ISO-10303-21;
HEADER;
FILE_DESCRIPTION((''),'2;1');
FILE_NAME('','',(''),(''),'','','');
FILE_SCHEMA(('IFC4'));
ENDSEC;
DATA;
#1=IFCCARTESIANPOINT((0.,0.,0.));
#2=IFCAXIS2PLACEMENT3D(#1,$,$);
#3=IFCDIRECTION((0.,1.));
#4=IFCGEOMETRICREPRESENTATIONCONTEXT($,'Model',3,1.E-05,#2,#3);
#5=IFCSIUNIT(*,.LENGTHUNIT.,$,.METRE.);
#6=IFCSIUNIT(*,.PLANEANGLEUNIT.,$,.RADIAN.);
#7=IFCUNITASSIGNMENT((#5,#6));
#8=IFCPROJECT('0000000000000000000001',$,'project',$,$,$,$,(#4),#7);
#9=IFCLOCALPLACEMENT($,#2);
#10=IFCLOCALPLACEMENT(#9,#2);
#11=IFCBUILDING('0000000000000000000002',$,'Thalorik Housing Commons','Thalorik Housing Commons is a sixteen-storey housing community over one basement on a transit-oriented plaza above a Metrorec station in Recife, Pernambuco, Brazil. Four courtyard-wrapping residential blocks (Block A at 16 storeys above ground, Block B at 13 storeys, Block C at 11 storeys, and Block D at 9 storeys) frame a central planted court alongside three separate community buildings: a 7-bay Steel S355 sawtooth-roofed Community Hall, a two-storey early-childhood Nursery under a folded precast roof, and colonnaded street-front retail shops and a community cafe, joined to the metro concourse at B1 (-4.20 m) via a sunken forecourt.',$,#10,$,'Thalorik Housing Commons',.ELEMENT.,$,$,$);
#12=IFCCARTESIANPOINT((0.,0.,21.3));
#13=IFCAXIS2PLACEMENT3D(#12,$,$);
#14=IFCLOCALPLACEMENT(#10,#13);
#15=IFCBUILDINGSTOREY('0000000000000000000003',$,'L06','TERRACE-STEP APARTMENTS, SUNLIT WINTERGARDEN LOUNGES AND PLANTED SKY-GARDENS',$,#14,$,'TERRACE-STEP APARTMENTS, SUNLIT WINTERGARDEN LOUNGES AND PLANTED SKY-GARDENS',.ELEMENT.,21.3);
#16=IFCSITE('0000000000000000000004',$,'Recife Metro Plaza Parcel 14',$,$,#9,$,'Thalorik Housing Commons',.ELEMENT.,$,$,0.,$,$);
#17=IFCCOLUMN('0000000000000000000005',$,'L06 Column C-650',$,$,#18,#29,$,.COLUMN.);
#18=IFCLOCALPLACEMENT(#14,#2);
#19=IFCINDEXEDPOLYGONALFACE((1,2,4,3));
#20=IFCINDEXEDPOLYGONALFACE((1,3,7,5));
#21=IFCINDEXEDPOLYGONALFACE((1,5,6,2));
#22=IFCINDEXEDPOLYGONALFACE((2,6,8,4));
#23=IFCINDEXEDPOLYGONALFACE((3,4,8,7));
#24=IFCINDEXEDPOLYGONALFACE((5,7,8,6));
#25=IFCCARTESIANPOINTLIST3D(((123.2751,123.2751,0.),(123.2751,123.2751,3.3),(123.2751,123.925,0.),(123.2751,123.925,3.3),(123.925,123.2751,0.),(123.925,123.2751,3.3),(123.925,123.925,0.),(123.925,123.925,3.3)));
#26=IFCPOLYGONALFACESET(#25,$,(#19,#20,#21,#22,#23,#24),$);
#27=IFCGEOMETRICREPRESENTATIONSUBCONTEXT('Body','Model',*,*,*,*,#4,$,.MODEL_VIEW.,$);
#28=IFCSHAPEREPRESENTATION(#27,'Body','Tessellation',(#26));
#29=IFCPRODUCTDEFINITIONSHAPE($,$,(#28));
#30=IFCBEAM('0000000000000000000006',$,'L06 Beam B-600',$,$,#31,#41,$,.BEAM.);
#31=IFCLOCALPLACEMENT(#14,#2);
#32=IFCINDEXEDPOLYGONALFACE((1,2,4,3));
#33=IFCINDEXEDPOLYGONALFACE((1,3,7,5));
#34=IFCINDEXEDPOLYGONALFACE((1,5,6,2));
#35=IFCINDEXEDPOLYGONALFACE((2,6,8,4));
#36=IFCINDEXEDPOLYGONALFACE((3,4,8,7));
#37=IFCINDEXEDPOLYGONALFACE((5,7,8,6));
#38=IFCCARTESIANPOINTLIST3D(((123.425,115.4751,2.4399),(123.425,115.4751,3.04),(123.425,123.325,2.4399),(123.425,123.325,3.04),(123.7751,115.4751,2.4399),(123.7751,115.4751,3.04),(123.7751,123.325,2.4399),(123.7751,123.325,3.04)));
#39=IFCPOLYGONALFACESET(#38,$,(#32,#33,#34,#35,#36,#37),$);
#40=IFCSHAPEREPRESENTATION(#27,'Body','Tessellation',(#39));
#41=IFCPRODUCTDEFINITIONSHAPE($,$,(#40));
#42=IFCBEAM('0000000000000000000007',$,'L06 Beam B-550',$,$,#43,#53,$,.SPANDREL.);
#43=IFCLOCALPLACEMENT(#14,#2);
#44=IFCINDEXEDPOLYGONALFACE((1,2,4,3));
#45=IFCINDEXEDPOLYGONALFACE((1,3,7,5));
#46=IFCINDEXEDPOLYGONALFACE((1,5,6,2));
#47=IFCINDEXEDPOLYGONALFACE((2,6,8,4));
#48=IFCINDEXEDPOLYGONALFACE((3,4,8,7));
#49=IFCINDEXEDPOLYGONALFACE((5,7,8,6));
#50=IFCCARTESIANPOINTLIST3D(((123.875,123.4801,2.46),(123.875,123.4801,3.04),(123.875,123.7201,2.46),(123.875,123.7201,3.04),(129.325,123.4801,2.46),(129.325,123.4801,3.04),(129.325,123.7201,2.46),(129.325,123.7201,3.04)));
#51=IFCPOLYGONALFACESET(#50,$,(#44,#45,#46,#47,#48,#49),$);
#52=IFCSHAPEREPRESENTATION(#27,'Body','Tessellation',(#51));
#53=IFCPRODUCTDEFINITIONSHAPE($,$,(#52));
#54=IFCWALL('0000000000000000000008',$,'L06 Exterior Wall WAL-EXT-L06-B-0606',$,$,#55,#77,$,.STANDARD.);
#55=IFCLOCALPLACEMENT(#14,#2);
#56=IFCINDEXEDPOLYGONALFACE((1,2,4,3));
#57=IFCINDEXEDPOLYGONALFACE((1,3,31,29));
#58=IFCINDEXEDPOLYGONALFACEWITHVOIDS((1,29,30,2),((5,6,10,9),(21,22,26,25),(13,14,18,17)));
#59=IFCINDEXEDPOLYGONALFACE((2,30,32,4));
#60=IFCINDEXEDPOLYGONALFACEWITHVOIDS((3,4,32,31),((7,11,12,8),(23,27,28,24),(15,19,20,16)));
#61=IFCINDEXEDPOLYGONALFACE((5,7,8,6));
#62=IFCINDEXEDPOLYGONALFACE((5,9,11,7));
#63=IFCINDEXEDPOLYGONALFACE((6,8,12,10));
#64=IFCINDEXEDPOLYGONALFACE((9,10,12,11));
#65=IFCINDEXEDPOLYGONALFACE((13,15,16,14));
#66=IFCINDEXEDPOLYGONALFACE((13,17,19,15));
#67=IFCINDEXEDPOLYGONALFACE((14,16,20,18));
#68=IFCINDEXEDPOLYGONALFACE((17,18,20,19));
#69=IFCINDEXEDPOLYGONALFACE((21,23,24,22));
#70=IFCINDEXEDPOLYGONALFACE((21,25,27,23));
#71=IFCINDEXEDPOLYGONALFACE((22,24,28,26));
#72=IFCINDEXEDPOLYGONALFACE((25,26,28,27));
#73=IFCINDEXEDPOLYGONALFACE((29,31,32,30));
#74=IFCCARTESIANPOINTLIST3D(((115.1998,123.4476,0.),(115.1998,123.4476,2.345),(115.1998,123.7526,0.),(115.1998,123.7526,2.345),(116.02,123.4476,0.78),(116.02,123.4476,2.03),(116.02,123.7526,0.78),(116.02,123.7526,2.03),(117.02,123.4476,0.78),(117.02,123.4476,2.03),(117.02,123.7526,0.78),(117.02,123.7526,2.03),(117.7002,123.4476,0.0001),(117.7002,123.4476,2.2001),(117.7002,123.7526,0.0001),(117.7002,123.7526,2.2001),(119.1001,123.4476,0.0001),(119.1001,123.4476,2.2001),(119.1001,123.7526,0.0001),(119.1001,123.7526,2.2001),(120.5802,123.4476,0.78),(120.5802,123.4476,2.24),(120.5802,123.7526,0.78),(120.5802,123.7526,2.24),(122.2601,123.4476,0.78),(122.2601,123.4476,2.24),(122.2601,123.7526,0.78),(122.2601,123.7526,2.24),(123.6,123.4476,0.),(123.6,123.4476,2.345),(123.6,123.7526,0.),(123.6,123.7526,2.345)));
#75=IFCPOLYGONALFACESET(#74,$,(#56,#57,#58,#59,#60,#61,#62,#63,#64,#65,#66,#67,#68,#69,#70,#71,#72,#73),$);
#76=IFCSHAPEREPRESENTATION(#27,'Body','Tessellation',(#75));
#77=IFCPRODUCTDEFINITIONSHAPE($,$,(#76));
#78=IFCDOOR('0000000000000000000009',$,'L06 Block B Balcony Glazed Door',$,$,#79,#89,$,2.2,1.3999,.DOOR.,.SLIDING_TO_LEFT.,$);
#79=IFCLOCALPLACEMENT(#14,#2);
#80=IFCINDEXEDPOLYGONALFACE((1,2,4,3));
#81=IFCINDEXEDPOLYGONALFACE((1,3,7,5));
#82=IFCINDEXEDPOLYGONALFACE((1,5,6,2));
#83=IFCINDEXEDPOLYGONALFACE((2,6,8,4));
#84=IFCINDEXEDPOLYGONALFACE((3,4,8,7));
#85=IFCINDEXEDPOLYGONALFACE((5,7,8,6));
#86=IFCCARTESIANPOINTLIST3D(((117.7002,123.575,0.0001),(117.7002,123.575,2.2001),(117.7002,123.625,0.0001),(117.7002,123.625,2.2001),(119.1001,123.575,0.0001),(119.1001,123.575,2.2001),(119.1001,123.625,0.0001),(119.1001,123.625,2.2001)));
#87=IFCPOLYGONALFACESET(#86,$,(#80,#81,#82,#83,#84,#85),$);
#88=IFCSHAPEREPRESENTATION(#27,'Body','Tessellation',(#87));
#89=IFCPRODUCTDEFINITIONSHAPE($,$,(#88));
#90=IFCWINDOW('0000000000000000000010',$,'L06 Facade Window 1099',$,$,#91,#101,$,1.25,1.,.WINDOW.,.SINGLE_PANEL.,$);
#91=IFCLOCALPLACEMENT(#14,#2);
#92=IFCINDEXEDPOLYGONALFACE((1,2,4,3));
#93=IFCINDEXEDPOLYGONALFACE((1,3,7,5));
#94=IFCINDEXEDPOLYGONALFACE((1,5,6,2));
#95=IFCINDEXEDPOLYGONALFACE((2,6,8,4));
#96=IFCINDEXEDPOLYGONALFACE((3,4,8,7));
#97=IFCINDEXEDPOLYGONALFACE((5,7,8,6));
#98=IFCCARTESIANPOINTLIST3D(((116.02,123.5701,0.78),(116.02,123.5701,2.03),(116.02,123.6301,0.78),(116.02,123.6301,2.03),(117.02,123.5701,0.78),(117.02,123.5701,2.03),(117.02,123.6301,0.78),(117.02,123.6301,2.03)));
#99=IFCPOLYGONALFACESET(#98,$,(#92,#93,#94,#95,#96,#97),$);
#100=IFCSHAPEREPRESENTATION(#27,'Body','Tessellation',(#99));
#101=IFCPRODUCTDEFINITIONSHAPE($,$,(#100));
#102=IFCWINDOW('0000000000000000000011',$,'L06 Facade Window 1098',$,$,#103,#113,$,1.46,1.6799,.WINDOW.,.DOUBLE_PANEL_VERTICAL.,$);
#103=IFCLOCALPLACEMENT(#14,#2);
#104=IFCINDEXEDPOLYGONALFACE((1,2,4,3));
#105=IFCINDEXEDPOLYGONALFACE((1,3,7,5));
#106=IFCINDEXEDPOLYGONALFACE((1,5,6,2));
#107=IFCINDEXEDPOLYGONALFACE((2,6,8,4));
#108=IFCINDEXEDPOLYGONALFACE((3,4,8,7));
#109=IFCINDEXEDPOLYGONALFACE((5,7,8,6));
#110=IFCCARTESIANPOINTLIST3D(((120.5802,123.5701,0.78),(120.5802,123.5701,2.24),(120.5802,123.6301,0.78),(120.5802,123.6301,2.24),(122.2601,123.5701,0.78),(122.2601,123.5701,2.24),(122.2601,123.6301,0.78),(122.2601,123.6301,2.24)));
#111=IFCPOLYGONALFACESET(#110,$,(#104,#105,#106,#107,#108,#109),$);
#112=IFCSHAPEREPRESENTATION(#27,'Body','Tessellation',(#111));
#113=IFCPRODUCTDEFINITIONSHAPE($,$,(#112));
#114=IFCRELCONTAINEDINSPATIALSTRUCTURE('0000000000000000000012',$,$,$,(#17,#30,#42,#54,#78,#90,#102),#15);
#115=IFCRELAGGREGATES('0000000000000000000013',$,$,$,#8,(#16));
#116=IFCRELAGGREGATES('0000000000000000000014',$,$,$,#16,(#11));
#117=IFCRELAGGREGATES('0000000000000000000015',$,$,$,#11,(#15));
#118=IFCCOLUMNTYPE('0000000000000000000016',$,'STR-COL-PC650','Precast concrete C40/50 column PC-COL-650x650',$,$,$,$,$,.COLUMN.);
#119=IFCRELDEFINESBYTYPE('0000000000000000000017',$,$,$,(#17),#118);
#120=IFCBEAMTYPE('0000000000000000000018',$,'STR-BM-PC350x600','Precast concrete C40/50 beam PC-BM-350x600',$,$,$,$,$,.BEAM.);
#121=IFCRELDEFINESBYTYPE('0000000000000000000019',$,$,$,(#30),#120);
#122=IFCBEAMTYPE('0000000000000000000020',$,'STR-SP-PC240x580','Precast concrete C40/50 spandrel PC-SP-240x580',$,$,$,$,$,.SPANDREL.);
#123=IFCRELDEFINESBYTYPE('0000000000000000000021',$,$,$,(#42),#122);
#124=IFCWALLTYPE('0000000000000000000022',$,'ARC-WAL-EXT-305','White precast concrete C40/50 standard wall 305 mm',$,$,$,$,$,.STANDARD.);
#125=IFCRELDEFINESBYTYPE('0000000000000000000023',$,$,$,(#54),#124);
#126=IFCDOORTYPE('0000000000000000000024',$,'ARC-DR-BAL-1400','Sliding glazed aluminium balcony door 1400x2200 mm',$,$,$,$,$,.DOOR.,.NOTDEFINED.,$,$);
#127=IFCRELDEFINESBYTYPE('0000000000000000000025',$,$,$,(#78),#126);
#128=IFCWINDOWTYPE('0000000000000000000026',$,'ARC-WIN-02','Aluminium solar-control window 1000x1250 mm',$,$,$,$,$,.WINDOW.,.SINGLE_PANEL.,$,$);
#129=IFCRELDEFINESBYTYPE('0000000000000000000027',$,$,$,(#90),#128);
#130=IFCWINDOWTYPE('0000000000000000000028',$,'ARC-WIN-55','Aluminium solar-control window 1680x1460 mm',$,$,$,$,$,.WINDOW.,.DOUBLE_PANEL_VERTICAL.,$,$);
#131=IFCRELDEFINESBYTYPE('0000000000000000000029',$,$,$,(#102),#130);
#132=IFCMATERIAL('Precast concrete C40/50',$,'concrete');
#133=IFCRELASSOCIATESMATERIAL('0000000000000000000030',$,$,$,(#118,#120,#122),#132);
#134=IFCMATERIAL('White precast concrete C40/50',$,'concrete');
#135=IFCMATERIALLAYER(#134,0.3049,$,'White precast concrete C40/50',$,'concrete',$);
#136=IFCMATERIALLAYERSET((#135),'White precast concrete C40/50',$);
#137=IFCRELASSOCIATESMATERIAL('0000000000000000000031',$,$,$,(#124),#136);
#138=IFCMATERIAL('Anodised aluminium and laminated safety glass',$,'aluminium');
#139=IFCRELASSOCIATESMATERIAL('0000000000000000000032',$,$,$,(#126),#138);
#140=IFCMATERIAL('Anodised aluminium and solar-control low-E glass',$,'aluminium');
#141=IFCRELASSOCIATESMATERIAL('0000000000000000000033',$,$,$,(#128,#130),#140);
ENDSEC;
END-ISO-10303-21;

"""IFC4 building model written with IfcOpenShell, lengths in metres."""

from ifc_helpers import new_model, si_unit, direction, frame, frame_2d, origin, origin_2d, place, context, subcontext, project, spatial, rectangle, extrude, material, layer, layer_set, material_profile, profile_set, type_object, element, fill, save


model = new_model("IFC4")

# Units and contexts
model_context = context("Model", 3, precision=1e-05, world=origin(), true_north=direction((0.0, 1.0)))
body_context = subcontext(model_context, "Body", "Model", "MODEL_VIEW")
ifc_project = project(units=[si_unit("LENGTHUNIT", "METRE"), si_unit("PLANEANGLEUNIT", "RADIAN")], contexts=[model_context])

# Site, building, storey
site_placement = place(None, origin())
site = spatial("IfcSite", under=ifc_project, at=site_placement, Name="Recife Metro Plaza Parcel 14", LongName="Thalorik Housing Commons", CompositionType="ELEMENT", RefElevation=0.0)
building_placement = place(site_placement, origin())
building = spatial("IfcBuilding", under=site, at=building_placement, Name="Thalorik Housing Commons", Description="Thalorik Housing Commons is a sixteen-storey housing community over one basement on a transit-oriented plaza above a Metrorec station in Recife, Pernambuco, Brazil. Four courtyard-wrapping residential blocks (Block A at 16 storeys above ground, Block B at 13 storeys, Block C at 11 storeys, and Block D at 9 storeys) frame a central planted court alongside three separate community buildings: a 7-bay Steel S355 sawtooth-roofed Community Hall, a two-storey early-childhood Nursery under a folded precast roof, and colonnaded street-front retail shops and a community cafe, joined to the metro concourse at B1 (-4.20 m) via a sunken forecourt.", LongName="Thalorik Housing Commons", CompositionType="ELEMENT")
storey_placement = place(building_placement, frame((0.0, 0.0, 21.3)))
storey = spatial("IfcBuildingStorey", under=building, at=storey_placement, Name="L06", Description="TERRACE-STEP APARTMENTS, SUNLIT WINTERGARDEN LOUNGES AND PLANTED SKY-GARDENS", LongName="TERRACE-STEP APARTMENTS, SUNLIT WINTERGARDEN LOUNGES AND PLANTED SKY-GARDENS", CompositionType="ELEMENT", Elevation=21.3)

# Column
ifc_material_1 = material(Name="Precast concrete C40/50", Category="concrete")
ifc_material_profile_1 = material_profile(ifc_material_1, rectangle(XDim=0.6499, YDim=0.6499, at=origin_2d()), Name="PC 650x650", Category="concrete")
ifc_profile_set_1 = profile_set([ifc_material_profile_1], Name="Precast concrete C40/50")
column_type = type_object("IfcColumnType", Name="STR-COL-PC650", Description="Precast concrete C40/50 column PC-COL-650x650", PredefinedType="COLUMN", material=ifc_profile_set_1)
column_placement = place(storey_placement, frame((123.6001, 123.6001, 0.0), z_axis=(0.0, 0.0, 1.0), x_axis=(1.0, 0.0, 0.0)))
element("IfcColumn", 1, at=column_placement, inside=storey, type_object=column_type, Name="L06 Column C-650", PredefinedType="COLUMN", context=body_context, shape_type="SweptSolid", body=[
    extrude(rectangle(XDim=0.6499, YDim=0.6499, at=origin_2d()), origin(), (0.0, 0.0, 1.0), 3.3),
])

# Beams
ifc_material_profile_2 = material_profile(ifc_material_1, rectangle(XDim=0.3501, YDim=0.6001, at=origin_2d()), Name="PC 350x600", Category="concrete")
ifc_profile_set_2 = profile_set([ifc_material_profile_2], Name="Precast concrete C40/50")
beam_type_1 = type_object("IfcBeamType", Name="STR-BM-PC350x600", Description="Precast concrete C40/50 beam PC-BM-350x600", PredefinedType="BEAM", material=ifc_profile_set_2)
beam_1_placement = place(storey_placement, frame((123.6001, 115.4751, 2.74), z_axis=(0.0, 1.0, 0.0), x_axis=(-1.0, 0.0, 0.0)))
element("IfcBeam", 2, at=beam_1_placement, inside=storey, type_object=beam_type_1, Name="L06 Beam B-600", PredefinedType="BEAM", context=body_context, shape_type="SweptSolid", body=[
    extrude(rectangle(XDim=0.3501, YDim=0.6001, at=origin_2d()), origin(), (0.0, 0.0, 1.0), 7.8499),
])
ifc_material_profile_3 = material_profile(ifc_material_1, rectangle(XDim=0.24, YDim=0.5801, at=origin_2d()), Name="PC SP 240x580", Category="concrete")
ifc_profile_set_3 = profile_set([ifc_material_profile_3], Name="Precast concrete C40/50")
beam_type_2 = type_object("IfcBeamType", Name="STR-SP-PC240x580", Description="Precast concrete C40/50 spandrel PC-SP-240x580", PredefinedType="SPANDREL", material=ifc_profile_set_3)
beam_2_placement = place(storey_placement, frame((123.875, 123.6001, 2.75), z_axis=(1.0, 0.0, 0.0), x_axis=(0.0, 1.0, 0.0)))
element("IfcBeam", 3, at=beam_2_placement, inside=storey, type_object=beam_type_2, Name="L06 Beam B-550", PredefinedType="SPANDREL", context=body_context, shape_type="SweptSolid", body=[
    extrude(rectangle(XDim=0.24, YDim=0.5801, at=origin_2d()), origin(), (0.0, 0.0, 1.0), 5.45),
])

# Wall, openings, door, windows
ifc_material_2 = material(Name="White precast concrete C40/50", Category="concrete")
ifc_layer_1 = layer(ifc_material_2, 0.3049, Name="White precast concrete C40/50", Category="concrete")
ifc_layer_set_1 = layer_set([ifc_layer_1], Name="White precast concrete C40/50")
wall_type_1 = type_object("IfcWallType", Name="ARC-WAL-EXT-305", Description="White precast concrete C40/50 standard wall 305 mm", PredefinedType="STANDARD", material=ifc_layer_set_1)
wall_1_placement = place(storey_placement, frame((123.6001, 123.6001, 0.0), z_axis=(0.0, 0.0, 1.0), x_axis=(-1.0, 0.0, 0.0)))
wall_1 = element("IfcWall", 4, at=wall_1_placement, inside=storey, type_object=wall_type_1, Name="L06 Exterior Wall WAL-EXT-L06-B-0606", PredefinedType="STANDARD", context=body_context, shape_type="SweptSolid", body=[
    extrude(rectangle(XDim=8.4001, YDim=0.3049, at=frame_2d((4.2002, 0.0))), origin(), (0.0, 0.0, 1.0), 2.345),
])
opening_1_placement = place(wall_1_placement, frame((4.5, 0.0, 0.0)))
opening_1 = element("IfcOpeningElement", 5, at=opening_1_placement, cuts=wall_1, PredefinedType="OPENING", context=body_context, shape_type="SweptSolid", body=[
    extrude(rectangle(XDim=1.3999, YDim=2.2, at=frame_2d((0.7, 1.1001))), frame((0.0, 0.1626, 0.0), z_axis=(0.0, -1.0, 0.0), x_axis=(1.0, 0.0, 0.0)), (0.0, 0.0, 1.0), 0.325),
])
opening_2_placement = place(wall_1_placement, frame((1.3401, 0.0, 0.78)))
opening_2 = element("IfcOpeningElement", 6, at=opening_2_placement, cuts=wall_1, PredefinedType="OPENING", context=body_context, shape_type="SweptSolid", body=[
    extrude(rectangle(XDim=1.6799, YDim=1.46, at=frame_2d((0.8398, 0.73))), frame((0.0, 0.1626, 0.0), z_axis=(0.0, -1.0, 0.0), x_axis=(1.0, 0.0, 0.0)), (0.0, 0.0, 1.0), 0.325),
])
opening_3_placement = place(wall_1_placement, frame((6.5801, 0.0, 0.78)))
opening_3 = element("IfcOpeningElement", 7, at=opening_3_placement, cuts=wall_1, PredefinedType="OPENING", context=body_context, shape_type="SweptSolid", body=[
    extrude(rectangle(XDim=1.0, YDim=1.25, at=frame_2d((0.5, 0.625))), frame((0.0, 0.1626, 0.0), z_axis=(0.0, -1.0, 0.0), x_axis=(1.0, 0.0, 0.0)), (0.0, 0.0, 1.0), 0.325),
])
ifc_material_3 = material(Name="Anodised aluminium and laminated safety glass", Category="aluminium")
door_type_1 = type_object("IfcDoorType", Name="ARC-DR-BAL-1400", Description="Sliding glazed aluminium balcony door 1400x2200 mm", OperationType="NOTDEFINED", PredefinedType="DOOR", material=ifc_material_3)
door_1_placement = place(opening_1_placement, frame((1.3999, 0.0, 0.0), z_axis=(0.0, 0.0, 1.0), x_axis=(-1.0, 0.0, 0.0)))
door_1 = element("IfcDoor", 8, at=door_1_placement, inside=storey, type_object=door_type_1, Name="L06 Block B Balcony Glazed Door", OperationType="SLIDING_TO_LEFT", OverallHeight=2.2, OverallWidth=1.3999, PredefinedType="DOOR", context=body_context, shape_type="SweptSolid", body=[
    extrude(rectangle(XDim=1.3999, YDim=2.2, at=frame_2d((0.7, 1.1001))), frame((0.0, 0.0249, 0.0), z_axis=(0.0, -1.0, 0.0), x_axis=(1.0, 0.0, 0.0)), (0.0, 0.0, 1.0), 0.05),
])
fill(opening_1, door_1)
ifc_material_4 = material(Name="Anodised aluminium and solar-control low-E glass", Category="aluminium")
window_type_1 = type_object("IfcWindowType", Name="ARC-WIN-02", Description="Aluminium solar-control window 1000x1250 mm", PartitioningType="SINGLE_PANEL", PredefinedType="WINDOW", material=ifc_material_4)
window_1_placement = place(opening_3_placement, origin())
window_1 = element("IfcWindow", 9, at=window_1_placement, inside=storey, type_object=window_type_1, Name="L06 Facade Window 1099", OverallHeight=1.25, OverallWidth=1.0, PartitioningType="SINGLE_PANEL", PredefinedType="WINDOW", context=body_context, shape_type="SweptSolid", body=[
    extrude(rectangle(XDim=1.0, YDim=1.25, at=frame_2d((0.5, 0.625))), frame((0.0, 0.03, 0.0), z_axis=(0.0, -1.0, 0.0), x_axis=(1.0, 0.0, 0.0)), (0.0, 0.0, 1.0), 0.0601),
])
fill(opening_3, window_1)
window_type_2 = type_object("IfcWindowType", Name="ARC-WIN-55", Description="Aluminium solar-control window 1680x1460 mm", PartitioningType="DOUBLE_PANEL_VERTICAL", PredefinedType="WINDOW", material=ifc_material_4)
window_2_placement = place(opening_2_placement, origin())
window_2 = element("IfcWindow", 10, at=window_2_placement, inside=storey, type_object=window_type_2, Name="L06 Facade Window 1098", OverallHeight=1.46, OverallWidth=1.6799, PartitioningType="DOUBLE_PANEL_VERTICAL", PredefinedType="WINDOW", context=body_context, shape_type="SweptSolid", body=[
    extrude(rectangle(XDim=1.6799, YDim=1.46, at=frame_2d((0.8398, 0.73))), frame((0.0, 0.03, 0.0), z_axis=(0.0, -1.0, 0.0), x_axis=(1.0, 0.0, 0.0)), (0.0, 0.0, 1.0), 0.0601),
])
fill(opening_2, window_2)

save(model, "model.ifc")
